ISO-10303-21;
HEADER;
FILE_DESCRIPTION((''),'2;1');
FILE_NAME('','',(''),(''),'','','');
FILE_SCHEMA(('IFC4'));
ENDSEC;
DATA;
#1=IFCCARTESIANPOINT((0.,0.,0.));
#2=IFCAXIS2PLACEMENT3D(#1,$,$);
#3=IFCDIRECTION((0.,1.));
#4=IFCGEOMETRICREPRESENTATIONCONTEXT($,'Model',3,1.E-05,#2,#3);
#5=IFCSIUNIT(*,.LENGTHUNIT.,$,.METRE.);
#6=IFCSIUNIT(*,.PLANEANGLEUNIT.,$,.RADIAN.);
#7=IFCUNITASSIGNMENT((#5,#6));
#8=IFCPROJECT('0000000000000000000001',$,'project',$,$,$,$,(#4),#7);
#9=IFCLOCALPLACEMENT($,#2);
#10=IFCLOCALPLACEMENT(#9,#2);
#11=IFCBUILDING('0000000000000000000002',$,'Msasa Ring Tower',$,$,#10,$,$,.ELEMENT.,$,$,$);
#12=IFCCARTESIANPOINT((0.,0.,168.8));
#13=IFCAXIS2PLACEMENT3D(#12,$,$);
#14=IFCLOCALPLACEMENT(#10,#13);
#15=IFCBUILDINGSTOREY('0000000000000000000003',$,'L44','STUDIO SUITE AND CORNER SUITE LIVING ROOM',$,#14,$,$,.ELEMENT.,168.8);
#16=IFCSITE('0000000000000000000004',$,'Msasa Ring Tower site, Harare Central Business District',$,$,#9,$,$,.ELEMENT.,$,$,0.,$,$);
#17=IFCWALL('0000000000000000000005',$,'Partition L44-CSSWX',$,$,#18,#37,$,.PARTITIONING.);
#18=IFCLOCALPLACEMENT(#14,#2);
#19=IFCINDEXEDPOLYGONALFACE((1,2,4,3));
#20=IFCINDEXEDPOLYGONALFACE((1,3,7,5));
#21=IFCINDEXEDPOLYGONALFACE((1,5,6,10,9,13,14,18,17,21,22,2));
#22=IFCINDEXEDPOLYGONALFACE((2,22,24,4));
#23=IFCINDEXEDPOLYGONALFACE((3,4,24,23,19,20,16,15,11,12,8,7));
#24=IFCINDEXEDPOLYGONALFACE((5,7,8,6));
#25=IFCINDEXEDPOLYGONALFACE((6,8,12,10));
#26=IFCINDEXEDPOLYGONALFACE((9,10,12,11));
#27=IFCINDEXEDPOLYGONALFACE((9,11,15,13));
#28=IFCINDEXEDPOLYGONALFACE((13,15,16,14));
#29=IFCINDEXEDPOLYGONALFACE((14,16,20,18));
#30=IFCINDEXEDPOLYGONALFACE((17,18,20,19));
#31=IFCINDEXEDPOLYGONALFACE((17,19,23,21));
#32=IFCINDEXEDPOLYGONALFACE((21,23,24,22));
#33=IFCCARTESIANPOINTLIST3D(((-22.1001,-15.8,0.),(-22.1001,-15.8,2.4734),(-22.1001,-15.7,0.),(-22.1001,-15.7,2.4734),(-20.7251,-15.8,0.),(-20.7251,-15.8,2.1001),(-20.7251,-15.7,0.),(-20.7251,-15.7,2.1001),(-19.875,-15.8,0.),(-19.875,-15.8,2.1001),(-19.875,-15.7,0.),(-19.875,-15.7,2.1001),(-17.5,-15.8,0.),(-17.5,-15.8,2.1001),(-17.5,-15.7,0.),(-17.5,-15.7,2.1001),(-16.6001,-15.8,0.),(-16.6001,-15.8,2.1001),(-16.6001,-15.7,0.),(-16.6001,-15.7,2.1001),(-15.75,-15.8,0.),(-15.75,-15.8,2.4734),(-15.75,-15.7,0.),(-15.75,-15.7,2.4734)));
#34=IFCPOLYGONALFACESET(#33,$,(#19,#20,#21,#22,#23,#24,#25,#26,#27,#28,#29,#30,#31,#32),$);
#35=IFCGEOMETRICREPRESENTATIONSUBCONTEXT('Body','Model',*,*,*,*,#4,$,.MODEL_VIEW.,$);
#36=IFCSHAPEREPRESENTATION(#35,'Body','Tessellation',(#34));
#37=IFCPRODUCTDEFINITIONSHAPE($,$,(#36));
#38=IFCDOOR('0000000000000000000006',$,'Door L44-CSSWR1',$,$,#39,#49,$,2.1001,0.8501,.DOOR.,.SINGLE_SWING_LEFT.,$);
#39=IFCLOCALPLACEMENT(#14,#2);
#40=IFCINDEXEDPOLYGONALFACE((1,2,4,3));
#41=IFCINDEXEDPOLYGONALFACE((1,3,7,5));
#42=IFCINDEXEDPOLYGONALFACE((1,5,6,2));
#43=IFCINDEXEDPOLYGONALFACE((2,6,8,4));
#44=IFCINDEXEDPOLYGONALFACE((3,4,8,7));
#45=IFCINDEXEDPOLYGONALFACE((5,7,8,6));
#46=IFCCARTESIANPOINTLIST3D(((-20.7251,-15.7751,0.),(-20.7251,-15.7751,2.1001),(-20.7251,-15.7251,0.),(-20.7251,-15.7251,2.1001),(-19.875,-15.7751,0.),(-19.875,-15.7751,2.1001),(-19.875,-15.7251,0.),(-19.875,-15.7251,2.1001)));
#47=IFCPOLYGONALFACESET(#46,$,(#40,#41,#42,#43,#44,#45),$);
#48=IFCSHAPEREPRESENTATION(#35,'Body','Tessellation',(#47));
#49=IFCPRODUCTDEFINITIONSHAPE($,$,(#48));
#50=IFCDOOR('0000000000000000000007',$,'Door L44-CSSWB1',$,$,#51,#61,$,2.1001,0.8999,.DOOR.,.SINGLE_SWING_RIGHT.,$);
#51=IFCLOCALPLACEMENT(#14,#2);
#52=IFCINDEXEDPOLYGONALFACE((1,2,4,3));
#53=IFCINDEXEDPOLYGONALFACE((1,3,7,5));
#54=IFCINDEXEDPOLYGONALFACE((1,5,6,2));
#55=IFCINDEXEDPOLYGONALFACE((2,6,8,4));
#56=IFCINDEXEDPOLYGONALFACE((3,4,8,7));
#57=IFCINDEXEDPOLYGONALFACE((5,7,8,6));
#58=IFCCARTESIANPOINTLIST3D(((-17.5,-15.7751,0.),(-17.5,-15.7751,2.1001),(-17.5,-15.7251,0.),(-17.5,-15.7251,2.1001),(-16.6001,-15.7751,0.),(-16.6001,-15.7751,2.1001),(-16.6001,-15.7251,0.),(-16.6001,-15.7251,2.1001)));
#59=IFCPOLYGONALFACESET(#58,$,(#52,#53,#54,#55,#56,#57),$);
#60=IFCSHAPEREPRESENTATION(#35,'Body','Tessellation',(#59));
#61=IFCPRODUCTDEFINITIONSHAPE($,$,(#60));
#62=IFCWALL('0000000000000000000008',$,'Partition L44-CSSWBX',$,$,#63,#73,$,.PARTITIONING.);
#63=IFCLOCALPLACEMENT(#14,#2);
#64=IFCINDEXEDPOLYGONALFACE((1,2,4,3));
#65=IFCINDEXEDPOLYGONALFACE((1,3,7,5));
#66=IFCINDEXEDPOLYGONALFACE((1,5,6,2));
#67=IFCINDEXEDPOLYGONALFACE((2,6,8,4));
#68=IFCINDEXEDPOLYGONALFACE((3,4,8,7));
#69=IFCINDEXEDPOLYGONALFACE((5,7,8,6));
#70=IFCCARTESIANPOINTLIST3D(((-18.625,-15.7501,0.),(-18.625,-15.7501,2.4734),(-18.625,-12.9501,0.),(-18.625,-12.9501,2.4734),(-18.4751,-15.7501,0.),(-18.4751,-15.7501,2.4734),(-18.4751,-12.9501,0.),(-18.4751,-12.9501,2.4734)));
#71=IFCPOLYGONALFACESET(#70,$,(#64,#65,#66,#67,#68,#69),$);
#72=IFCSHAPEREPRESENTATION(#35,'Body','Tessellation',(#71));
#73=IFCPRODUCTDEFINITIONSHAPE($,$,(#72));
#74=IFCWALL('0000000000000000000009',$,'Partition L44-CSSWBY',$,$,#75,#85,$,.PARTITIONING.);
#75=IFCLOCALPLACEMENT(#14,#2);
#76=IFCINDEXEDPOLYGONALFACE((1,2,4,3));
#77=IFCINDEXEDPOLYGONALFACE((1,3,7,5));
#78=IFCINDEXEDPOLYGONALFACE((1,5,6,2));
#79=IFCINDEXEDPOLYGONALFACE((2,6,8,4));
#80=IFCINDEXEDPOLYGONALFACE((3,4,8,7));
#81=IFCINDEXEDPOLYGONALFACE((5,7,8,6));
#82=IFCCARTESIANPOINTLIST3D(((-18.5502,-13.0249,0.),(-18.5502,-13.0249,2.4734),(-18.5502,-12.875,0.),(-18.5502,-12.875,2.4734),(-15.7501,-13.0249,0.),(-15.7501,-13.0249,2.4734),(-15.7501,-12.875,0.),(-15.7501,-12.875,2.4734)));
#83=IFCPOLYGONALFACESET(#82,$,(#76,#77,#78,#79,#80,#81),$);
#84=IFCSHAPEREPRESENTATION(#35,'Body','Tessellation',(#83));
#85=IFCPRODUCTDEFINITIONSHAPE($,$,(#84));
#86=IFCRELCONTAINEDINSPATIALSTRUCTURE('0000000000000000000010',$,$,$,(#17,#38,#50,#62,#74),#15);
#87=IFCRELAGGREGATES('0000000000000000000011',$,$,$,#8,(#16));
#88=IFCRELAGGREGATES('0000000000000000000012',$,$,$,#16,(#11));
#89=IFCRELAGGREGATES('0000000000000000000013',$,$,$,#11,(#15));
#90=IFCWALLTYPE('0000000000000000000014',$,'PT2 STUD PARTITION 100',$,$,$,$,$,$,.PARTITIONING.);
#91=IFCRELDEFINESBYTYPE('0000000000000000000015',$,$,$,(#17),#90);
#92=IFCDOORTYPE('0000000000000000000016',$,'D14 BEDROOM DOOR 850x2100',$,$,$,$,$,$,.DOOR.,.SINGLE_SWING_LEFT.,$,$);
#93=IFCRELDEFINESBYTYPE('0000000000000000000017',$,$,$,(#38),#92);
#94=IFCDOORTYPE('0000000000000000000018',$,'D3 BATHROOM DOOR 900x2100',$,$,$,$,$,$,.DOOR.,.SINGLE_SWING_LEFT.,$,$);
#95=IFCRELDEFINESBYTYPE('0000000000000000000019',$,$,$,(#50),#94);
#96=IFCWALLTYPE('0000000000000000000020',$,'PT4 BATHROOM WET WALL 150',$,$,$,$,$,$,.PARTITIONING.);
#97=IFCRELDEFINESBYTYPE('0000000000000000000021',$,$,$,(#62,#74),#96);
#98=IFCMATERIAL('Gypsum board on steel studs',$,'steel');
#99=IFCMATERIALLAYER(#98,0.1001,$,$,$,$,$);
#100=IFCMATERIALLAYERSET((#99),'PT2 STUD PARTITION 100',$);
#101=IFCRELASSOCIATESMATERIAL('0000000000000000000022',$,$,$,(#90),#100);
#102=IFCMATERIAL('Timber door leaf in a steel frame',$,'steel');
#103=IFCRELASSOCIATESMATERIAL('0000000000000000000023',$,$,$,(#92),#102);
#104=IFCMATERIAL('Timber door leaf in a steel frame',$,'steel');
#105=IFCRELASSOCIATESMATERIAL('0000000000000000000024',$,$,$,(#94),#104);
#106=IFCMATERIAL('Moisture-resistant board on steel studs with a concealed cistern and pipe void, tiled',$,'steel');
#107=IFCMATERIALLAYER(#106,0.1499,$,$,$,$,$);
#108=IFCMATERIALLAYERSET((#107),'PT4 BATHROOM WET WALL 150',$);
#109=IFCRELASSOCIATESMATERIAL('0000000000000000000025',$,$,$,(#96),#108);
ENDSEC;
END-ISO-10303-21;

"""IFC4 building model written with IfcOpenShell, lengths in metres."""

from ifc_helpers import new_model, si_unit, direction, frame, frame_2d, origin, place, context, subcontext, project, spatial, rectangle, extrude, material, layer, layer_set, type_object, element, fill, save


model = new_model("IFC4")

# Units and contexts
model_context = context("Model", 3, precision=1e-05, world=origin(), true_north=direction((0.0, 1.0)))
body_context = subcontext(model_context, "Body", "Model", "MODEL_VIEW")
ifc_project = project(units=[si_unit("LENGTHUNIT", "METRE"), si_unit("PLANEANGLEUNIT", "RADIAN")], contexts=[model_context])

# Site, building, storey
site_placement = place(None, origin())
site = spatial("IfcSite", under=ifc_project, at=site_placement, Name="Msasa Ring Tower site, Harare Central Business District", CompositionType="ELEMENT", RefElevation=0.0)
building_placement = place(site_placement, origin())
building = spatial("IfcBuilding", under=site, at=building_placement, Name="Msasa Ring Tower", CompositionType="ELEMENT")
storey_placement = place(building_placement, frame((0.0, 0.0, 168.8)))
storey = spatial("IfcBuildingStorey", under=building, at=storey_placement, Name="L44", Description="STUDIO SUITE AND CORNER SUITE LIVING ROOM", CompositionType="ELEMENT", Elevation=168.8)

# Wall, openings, doors
ifc_material_1 = material(Name="Gypsum board on steel studs", Category="steel")
ifc_layer_1 = layer(ifc_material_1, 0.1001)
ifc_layer_set_1 = layer_set([ifc_layer_1], Name="PT2 STUD PARTITION 100")
wall_type_1 = type_object("IfcWallType", Name="PT2 STUD PARTITION 100", PredefinedType="PARTITIONING", material=ifc_layer_set_1)
wall_1_placement = place(storey_placement, frame((-22.1001, -15.75, 0.0), z_axis=(0.0, 0.0, 1.0), x_axis=(1.0, 0.0, 0.0)))
wall_1 = element("IfcWall", 1, at=wall_1_placement, inside=storey, type_object=wall_type_1, Name="Partition L44-CSSWX", PredefinedType="PARTITIONING", context=body_context, shape_type="SweptSolid", body=[
    extrude(rectangle(XDim=6.3501, YDim=0.1001, at=frame_2d((3.175, 0.0))), origin(), (0.0, 0.0, 1.0), 2.4734),
])
opening_1_placement = place(wall_1_placement, frame((1.375, 0.0, 0.0)))
opening_1 = element("IfcOpeningElement", 2, at=opening_1_placement, cuts=wall_1, PredefinedType="OPENING", context=body_context, shape_type="SweptSolid", body=[
    extrude(rectangle(XDim=0.8501, YDim=2.1001, at=frame_2d((0.425, 1.05))), frame((0.0, 0.0601, 0.0), z_axis=(0.0, -1.0, 0.0), x_axis=(1.0, 0.0, 0.0)), (0.0, 0.0, 1.0), 0.1201),
])
opening_2_placement = place(wall_1_placement, frame((4.6001, 0.0, 0.0)))
opening_2 = element("IfcOpeningElement", 3, at=opening_2_placement, cuts=wall_1, PredefinedType="OPENING", context=body_context, shape_type="SweptSolid", body=[
    extrude(rectangle(XDim=0.8999, YDim=2.1001, at=frame_2d((0.45, 1.05))), frame((0.0, 0.0601, 0.0), z_axis=(0.0, -1.0, 0.0), x_axis=(1.0, 0.0, 0.0)), (0.0, 0.0, 1.0), 0.1201),
])
ifc_material_2 = material(Name="Timber door leaf in a steel frame", Category="steel")
door_type_1 = type_object("IfcDoorType", Name="D14 BEDROOM DOOR 850x2100", OperationType="SINGLE_SWING_LEFT", PredefinedType="DOOR", material=ifc_material_2)
door_1_placement = place(opening_1_placement, origin())
door_1 = element("IfcDoor", 4, at=door_1_placement, inside=storey, type_object=door_type_1, Name="Door L44-CSSWR1", OperationType="SINGLE_SWING_LEFT", OverallHeight=2.1001, OverallWidth=0.8501, PredefinedType="DOOR", context=body_context, shape_type="SweptSolid", body=[
    extrude(rectangle(XDim=0.8501, YDim=2.1001, at=frame_2d((0.425, 1.05))), frame((0.0, 0.0249, 0.0), z_axis=(0.0, -1.0, 0.0), x_axis=(1.0, 0.0, 0.0)), (0.0, 0.0, 1.0), 0.05),
])
fill(opening_1, door_1)
ifc_material_3 = material(Name="Timber door leaf in a steel frame", Category="steel")
door_type_2 = type_object("IfcDoorType", Name="D3 BATHROOM DOOR 900x2100", OperationType="SINGLE_SWING_LEFT", PredefinedType="DOOR", material=ifc_material_3)
door_2_placement = place(opening_2_placement, origin())
door_2 = element("IfcDoor", 5, at=door_2_placement, inside=storey, type_object=door_type_2, Name="Door L44-CSSWB1", OperationType="SINGLE_SWING_RIGHT", OverallHeight=2.1001, OverallWidth=0.8999, PredefinedType="DOOR", context=body_context, shape_type="SweptSolid", body=[
    extrude(rectangle(XDim=0.8999, YDim=2.1001, at=frame_2d((0.45, 1.05))), frame((0.0, 0.0249, 0.0), z_axis=(0.0, -1.0, 0.0), x_axis=(1.0, 0.0, 0.0)), (0.0, 0.0, 1.0), 0.05),
])
fill(opening_2, door_2)

# Walls
ifc_material_4 = material(Name="Moisture-resistant board on steel studs with a concealed cistern and pipe void, tiled", Category="steel")
ifc_layer_2 = layer(ifc_material_4, 0.1499)
ifc_layer_set_2 = layer_set([ifc_layer_2], Name="PT4 BATHROOM WET WALL 150")
wall_type_2 = type_object("IfcWallType", Name="PT4 BATHROOM WET WALL 150", PredefinedType="PARTITIONING", material=ifc_layer_set_2)
for number, where, z_axis, x_axis, name in (
    (6, (-18.55, -15.75, 0.0), (0.0, 0.0, 1.0), (0.0, 1.0, 0.0), "Partition L44-CSSWBX"),
    (7, (-18.55, -12.95, 0.0), (0.0, 0.0, 1.0), (1.0, 0.0, 0.0), "Partition L44-CSSWBY"),
):
    element("IfcWall", number, at=place(storey_placement, frame(where, z_axis=z_axis, x_axis=x_axis)), inside=storey, type_object=wall_type_2, Name=name, PredefinedType="PARTITIONING", context=body_context, shape_type="SweptSolid", body=[
        extrude(rectangle(XDim=2.8, YDim=0.1499, at=frame_2d((1.3999, 0.0))), origin(), (0.0, 0.0, 1.0), 2.4734),
    ])

save(model, "model.ifc")
